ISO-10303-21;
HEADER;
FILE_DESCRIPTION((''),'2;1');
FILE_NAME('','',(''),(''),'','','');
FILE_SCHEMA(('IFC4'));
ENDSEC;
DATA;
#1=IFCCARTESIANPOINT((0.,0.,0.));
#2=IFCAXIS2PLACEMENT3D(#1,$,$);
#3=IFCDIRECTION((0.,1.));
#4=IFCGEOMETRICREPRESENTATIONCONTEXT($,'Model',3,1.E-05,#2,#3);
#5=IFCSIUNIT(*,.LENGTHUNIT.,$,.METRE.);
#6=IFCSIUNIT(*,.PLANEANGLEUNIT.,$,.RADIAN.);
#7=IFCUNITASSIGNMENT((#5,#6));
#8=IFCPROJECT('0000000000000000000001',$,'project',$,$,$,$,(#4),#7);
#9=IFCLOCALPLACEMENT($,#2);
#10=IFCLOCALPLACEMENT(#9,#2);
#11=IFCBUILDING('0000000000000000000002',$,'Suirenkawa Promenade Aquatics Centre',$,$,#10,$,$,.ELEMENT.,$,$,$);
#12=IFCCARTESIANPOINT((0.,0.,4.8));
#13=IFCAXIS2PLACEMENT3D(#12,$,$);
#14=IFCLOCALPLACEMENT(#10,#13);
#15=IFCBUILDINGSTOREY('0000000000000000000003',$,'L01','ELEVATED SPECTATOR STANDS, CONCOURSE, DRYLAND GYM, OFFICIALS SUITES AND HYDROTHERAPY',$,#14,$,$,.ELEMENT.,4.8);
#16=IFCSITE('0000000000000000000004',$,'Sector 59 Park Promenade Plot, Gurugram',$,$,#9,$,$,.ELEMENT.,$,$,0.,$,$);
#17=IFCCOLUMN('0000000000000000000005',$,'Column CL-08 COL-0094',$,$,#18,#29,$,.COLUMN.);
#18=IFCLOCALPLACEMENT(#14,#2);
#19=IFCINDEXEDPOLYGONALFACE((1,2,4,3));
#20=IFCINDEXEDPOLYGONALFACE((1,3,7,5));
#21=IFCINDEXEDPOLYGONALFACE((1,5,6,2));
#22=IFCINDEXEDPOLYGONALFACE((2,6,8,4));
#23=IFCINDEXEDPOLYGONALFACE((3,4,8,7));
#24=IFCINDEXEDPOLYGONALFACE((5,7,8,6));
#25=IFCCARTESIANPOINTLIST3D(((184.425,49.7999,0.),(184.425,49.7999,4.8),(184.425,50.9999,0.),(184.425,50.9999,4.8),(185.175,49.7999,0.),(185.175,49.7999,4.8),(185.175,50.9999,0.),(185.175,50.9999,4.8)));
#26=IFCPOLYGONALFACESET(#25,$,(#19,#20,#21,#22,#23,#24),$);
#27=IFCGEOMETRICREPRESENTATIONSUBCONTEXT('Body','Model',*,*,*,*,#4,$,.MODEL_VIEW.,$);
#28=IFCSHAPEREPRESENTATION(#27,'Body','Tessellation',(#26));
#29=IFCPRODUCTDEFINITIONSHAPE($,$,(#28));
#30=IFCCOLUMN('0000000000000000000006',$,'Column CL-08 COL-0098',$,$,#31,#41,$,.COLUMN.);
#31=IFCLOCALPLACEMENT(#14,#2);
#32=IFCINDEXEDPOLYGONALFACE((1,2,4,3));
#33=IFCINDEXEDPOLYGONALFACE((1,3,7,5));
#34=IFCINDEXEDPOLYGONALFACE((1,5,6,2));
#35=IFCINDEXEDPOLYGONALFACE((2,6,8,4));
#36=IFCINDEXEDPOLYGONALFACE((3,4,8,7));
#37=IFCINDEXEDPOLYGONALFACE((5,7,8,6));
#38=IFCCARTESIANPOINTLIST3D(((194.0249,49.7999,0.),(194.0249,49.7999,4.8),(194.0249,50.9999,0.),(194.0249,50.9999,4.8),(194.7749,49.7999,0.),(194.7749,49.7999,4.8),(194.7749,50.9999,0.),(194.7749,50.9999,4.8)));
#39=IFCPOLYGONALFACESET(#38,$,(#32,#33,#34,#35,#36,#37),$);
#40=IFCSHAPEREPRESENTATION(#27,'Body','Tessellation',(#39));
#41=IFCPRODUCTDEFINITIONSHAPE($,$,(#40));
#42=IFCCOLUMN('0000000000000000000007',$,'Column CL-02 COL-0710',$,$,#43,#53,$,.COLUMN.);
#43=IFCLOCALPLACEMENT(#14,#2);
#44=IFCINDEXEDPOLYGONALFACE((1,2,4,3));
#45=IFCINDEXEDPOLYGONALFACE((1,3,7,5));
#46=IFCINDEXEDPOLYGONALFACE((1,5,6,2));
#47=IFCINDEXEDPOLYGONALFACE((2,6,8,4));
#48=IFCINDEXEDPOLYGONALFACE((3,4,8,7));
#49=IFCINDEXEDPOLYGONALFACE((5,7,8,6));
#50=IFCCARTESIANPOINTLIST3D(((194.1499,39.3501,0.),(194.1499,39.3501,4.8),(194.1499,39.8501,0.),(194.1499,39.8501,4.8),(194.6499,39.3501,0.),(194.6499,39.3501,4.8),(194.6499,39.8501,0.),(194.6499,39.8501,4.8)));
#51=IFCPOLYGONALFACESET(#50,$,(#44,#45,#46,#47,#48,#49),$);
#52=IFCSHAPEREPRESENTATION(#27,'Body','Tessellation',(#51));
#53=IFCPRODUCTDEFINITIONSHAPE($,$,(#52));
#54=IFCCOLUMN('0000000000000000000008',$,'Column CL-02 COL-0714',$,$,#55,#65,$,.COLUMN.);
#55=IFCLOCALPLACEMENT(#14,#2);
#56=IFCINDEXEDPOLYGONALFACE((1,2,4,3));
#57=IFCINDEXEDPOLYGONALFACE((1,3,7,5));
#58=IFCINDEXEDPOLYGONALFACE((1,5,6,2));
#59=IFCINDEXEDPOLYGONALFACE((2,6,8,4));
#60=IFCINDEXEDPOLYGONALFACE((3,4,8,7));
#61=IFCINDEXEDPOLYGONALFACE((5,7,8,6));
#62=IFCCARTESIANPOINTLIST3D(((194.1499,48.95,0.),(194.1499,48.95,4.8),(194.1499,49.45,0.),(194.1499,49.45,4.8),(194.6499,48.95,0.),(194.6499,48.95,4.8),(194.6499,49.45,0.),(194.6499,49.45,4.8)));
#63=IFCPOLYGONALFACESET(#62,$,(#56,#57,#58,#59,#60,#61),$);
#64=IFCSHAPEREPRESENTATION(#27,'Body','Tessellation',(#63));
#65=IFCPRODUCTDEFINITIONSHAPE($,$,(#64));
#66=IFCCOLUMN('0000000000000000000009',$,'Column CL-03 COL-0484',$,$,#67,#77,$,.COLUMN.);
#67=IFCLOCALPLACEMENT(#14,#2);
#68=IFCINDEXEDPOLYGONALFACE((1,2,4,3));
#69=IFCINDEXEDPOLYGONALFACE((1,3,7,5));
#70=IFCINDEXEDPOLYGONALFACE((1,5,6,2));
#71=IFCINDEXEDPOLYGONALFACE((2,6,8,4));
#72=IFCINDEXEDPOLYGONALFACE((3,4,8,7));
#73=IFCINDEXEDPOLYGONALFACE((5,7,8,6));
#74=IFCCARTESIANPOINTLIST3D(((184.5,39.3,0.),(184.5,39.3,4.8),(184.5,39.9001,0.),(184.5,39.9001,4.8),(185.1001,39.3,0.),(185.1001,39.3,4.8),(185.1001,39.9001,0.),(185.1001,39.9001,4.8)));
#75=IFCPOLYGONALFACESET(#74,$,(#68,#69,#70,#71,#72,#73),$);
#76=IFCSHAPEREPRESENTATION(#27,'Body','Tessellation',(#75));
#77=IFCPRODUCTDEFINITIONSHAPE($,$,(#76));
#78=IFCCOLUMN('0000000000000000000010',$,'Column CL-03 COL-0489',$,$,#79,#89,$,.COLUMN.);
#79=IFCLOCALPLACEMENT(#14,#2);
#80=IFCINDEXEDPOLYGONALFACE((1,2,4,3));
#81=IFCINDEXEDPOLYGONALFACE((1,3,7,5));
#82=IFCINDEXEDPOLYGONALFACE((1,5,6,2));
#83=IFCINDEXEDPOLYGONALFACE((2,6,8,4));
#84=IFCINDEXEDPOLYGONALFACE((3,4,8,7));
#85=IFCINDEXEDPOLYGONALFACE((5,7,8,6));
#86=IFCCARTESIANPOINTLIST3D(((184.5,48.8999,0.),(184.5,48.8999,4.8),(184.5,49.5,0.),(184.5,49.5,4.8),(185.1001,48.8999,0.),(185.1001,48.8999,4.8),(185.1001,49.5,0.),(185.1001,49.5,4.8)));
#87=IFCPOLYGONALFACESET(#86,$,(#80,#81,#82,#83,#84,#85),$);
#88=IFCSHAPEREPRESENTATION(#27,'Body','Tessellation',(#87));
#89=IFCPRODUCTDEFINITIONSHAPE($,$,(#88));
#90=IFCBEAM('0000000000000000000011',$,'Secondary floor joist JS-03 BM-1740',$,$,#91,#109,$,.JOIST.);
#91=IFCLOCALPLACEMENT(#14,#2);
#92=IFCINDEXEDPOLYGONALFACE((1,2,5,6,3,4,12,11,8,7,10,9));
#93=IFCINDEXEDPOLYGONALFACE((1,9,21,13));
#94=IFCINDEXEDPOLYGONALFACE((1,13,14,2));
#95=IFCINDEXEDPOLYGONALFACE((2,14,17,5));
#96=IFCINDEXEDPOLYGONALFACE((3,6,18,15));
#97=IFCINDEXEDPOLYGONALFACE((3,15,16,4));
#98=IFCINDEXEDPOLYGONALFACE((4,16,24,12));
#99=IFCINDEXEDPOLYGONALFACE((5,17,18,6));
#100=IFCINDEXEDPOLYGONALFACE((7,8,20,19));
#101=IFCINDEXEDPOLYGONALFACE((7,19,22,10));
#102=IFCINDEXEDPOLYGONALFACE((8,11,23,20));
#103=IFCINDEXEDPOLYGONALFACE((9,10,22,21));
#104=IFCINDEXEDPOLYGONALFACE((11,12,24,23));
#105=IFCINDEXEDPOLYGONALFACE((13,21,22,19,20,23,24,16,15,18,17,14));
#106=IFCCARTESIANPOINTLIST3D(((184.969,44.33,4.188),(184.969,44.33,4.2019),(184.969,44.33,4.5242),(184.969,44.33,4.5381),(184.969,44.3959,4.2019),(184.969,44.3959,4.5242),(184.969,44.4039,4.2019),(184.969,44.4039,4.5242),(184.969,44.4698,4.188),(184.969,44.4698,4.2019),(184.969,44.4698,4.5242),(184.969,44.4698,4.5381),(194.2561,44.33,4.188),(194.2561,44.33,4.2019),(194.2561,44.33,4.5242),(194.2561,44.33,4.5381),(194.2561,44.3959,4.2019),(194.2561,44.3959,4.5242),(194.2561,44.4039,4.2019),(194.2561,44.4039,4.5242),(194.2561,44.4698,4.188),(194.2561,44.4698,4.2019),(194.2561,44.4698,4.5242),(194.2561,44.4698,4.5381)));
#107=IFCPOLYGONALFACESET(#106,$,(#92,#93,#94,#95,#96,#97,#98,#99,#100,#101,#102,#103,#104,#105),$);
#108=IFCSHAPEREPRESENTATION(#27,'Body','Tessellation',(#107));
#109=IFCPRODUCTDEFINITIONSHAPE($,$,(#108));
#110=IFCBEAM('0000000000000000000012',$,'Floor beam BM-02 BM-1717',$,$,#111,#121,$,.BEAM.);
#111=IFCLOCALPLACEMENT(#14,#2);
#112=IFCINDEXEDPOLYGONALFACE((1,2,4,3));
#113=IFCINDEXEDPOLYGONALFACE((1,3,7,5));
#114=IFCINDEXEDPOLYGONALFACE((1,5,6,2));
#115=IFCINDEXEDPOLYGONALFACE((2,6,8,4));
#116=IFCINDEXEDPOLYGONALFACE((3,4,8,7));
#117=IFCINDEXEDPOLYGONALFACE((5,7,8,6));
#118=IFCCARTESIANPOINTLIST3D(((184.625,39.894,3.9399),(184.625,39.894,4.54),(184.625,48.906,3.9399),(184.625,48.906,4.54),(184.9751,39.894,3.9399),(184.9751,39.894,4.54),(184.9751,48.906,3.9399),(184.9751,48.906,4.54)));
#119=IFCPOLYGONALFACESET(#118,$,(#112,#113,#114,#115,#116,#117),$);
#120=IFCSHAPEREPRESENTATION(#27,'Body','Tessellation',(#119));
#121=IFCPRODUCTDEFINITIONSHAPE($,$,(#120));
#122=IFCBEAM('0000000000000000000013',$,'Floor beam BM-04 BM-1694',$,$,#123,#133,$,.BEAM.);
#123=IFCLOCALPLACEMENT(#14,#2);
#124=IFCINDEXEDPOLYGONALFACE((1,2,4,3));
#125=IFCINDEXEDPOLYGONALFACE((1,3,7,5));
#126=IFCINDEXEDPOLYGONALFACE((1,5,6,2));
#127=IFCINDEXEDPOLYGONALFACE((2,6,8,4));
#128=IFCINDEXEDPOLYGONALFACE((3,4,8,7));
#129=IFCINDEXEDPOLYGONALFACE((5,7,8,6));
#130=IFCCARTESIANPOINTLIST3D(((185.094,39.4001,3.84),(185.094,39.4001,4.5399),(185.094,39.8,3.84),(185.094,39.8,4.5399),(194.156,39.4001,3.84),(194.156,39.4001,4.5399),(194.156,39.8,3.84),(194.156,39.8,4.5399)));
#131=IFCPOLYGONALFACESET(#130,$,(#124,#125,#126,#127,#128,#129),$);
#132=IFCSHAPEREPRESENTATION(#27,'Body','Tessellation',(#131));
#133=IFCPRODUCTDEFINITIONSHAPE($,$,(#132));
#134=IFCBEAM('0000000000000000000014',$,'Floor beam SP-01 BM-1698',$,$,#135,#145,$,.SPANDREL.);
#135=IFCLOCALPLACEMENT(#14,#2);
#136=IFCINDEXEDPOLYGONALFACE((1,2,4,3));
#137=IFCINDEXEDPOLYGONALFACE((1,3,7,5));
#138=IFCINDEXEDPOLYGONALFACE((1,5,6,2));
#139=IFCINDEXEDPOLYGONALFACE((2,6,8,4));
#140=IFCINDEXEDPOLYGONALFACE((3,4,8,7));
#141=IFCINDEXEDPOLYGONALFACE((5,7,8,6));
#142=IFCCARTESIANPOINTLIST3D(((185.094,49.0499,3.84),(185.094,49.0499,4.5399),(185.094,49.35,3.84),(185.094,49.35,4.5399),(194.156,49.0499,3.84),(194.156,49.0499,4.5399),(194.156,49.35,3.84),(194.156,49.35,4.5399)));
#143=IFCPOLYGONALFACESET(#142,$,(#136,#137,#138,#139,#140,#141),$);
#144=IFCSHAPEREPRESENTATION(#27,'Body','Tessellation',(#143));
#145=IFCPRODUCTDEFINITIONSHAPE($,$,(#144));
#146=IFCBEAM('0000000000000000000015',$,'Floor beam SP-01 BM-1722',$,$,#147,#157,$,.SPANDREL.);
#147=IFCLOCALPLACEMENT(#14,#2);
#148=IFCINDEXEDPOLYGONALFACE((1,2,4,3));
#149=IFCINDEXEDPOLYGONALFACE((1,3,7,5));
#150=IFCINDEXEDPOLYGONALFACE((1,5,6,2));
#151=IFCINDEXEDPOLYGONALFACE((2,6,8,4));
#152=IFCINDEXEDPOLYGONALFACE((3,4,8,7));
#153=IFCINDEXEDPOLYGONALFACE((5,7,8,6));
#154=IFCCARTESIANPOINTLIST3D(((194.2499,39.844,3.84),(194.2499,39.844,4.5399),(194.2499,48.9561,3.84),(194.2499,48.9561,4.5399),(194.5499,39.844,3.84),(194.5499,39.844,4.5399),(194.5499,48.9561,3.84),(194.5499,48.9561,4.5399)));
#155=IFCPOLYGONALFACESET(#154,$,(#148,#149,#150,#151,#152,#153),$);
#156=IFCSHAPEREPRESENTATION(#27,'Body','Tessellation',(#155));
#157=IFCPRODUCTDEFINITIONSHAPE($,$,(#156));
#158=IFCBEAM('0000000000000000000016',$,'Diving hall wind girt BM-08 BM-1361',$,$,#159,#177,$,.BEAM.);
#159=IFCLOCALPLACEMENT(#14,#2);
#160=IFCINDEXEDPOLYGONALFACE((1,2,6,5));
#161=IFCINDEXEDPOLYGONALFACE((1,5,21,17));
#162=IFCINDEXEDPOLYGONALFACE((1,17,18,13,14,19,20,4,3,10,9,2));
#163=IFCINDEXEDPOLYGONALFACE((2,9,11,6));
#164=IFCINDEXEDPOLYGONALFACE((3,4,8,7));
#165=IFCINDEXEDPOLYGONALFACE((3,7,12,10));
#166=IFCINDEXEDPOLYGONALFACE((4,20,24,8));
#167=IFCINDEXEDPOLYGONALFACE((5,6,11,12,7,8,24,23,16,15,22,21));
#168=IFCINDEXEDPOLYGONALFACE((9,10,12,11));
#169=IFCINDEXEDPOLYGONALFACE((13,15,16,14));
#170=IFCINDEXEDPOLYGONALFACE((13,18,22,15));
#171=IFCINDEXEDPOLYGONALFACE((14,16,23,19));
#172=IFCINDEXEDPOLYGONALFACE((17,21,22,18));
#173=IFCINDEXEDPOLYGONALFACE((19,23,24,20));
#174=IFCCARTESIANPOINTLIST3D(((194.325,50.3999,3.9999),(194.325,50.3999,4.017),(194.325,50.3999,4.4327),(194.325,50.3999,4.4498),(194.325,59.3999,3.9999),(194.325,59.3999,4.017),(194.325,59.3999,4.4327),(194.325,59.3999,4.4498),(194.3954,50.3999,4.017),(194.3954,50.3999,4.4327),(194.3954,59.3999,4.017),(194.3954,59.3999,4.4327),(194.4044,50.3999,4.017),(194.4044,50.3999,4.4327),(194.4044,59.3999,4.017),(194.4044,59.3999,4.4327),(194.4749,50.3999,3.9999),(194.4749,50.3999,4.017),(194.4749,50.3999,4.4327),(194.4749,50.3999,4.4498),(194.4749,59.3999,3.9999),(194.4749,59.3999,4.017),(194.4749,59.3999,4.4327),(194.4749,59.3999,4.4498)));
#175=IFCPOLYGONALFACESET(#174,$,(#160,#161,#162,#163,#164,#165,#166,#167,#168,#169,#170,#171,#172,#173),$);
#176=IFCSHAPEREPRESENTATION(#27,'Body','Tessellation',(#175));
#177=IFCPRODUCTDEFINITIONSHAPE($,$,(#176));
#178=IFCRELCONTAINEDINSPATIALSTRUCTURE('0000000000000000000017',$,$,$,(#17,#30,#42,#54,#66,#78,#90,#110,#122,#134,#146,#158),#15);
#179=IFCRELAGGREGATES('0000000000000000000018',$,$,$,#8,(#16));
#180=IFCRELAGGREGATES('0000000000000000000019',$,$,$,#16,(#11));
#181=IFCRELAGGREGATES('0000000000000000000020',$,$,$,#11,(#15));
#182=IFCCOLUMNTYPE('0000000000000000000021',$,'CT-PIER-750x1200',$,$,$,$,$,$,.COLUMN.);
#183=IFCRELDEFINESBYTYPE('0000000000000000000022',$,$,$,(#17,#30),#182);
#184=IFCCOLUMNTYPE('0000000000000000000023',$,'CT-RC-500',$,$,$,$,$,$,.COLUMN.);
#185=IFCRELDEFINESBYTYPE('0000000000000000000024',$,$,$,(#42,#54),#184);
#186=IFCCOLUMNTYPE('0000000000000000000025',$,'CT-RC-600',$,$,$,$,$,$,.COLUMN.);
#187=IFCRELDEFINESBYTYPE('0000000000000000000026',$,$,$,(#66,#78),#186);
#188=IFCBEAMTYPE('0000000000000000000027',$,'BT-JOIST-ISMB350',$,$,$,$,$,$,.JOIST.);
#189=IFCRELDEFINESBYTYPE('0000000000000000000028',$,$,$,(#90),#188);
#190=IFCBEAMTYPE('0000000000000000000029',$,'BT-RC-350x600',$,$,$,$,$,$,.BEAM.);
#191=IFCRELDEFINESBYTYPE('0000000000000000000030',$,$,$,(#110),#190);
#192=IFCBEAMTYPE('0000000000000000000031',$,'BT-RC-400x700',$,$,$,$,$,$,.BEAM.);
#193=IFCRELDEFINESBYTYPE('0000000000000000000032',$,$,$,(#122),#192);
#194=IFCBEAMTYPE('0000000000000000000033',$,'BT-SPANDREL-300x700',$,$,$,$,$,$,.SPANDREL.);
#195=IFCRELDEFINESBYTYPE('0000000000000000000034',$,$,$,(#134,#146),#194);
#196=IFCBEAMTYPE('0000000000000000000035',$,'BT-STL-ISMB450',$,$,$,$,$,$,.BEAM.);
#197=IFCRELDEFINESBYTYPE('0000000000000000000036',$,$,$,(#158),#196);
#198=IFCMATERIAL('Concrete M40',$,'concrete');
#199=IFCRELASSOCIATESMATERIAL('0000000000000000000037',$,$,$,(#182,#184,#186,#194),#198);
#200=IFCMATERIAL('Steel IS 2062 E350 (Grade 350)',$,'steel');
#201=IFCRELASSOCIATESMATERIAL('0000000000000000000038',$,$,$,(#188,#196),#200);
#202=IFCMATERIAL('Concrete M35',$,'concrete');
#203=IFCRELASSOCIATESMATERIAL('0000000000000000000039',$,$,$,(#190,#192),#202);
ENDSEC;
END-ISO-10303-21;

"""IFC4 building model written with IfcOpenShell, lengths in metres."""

from ifc_helpers import new_model, si_unit, direction, frame, origin, origin_2d, place, context, subcontext, project, spatial, rectangle, i_section, extrude, material, material_profile, profile_set, type_object, element, save


model = new_model("IFC4")

# Units and contexts
model_context = context("Model", 3, precision=1e-05, world=origin(), true_north=direction((0.0, 1.0)))
body_context = subcontext(model_context, "Body", "Model", "MODEL_VIEW")
ifc_project = project(units=[si_unit("LENGTHUNIT", "METRE"), si_unit("PLANEANGLEUNIT", "RADIAN")], contexts=[model_context])

# Site, building, storey
site_placement = place(None, origin())
site = spatial("IfcSite", under=ifc_project, at=site_placement, Name="Sector 59 Park Promenade Plot, Gurugram", CompositionType="ELEMENT", RefElevation=0.0)
building_placement = place(site_placement, origin())
building = spatial("IfcBuilding", under=site, at=building_placement, Name="Suirenkawa Promenade Aquatics Centre", CompositionType="ELEMENT")
storey_placement = place(building_placement, frame((0.0, 0.0, 4.8)))
storey = spatial("IfcBuildingStorey", under=building, at=storey_placement, Name="L01", Description="ELEVATED SPECTATOR STANDS, CONCOURSE, DRYLAND GYM, OFFICIALS SUITES AND HYDROTHERAPY", CompositionType="ELEMENT", Elevation=4.8)

# Columns
ifc_material_1 = material(Name="Concrete M40", Category="concrete")
ifc_material_profile_1 = material_profile(ifc_material_1, rectangle(XDim=0.75, YDim=1.2, at=origin_2d()), Name="RC PIER 750x1200", Category="concrete")
ifc_profile_set_1 = profile_set([ifc_material_profile_1], Name="Concrete M40")
column_type_1 = type_object("IfcColumnType", Name="CT-PIER-750x1200", PredefinedType="COLUMN", material=ifc_profile_set_1)
for number, where, z_axis, x_axis, name in (
    (1, (184.8, 50.3999, 0.0), (0.0, 0.0, 1.0), (1.0, 0.0, 0.0), "Column CL-08 COL-0094"),
    (2, (194.3999, 50.3999, 0.0), (0.0, 0.0, 1.0), (1.0, 0.0, 0.0), "Column CL-08 COL-0098"),
):
    element("IfcColumn", number, at=place(storey_placement, frame(where, z_axis=z_axis, x_axis=x_axis)), inside=storey, type_object=column_type_1, Name=name, PredefinedType="COLUMN", context=body_context, shape_type="SweptSolid", body=[
        extrude(rectangle(XDim=0.75, YDim=1.2, at=origin_2d()), origin(), (0.0, 0.0, 1.0), 4.8),
    ])
ifc_material_profile_2 = material_profile(ifc_material_1, rectangle(XDim=0.5, YDim=0.5, at=origin_2d()), Name="RC COL 500x500", Category="concrete")
ifc_profile_set_2 = profile_set([ifc_material_profile_2], Name="Concrete M40")
column_type_2 = type_object("IfcColumnType", Name="CT-RC-500", PredefinedType="COLUMN", material=ifc_profile_set_2)
for number, where, z_axis, x_axis, name in (
    (3, (194.3999, 39.6001, 0.0), (0.0, 0.0, 1.0), (1.0, 0.0, 0.0), "Column CL-02 COL-0710"),
    (4, (194.3999, 49.2, 0.0), (0.0, 0.0, 1.0), (1.0, 0.0, 0.0), "Column CL-02 COL-0714"),
):
    element("IfcColumn", number, at=place(storey_placement, frame(where, z_axis=z_axis, x_axis=x_axis)), inside=storey, type_object=column_type_2, Name=name, PredefinedType="COLUMN", context=body_context, shape_type="SweptSolid", body=[
        extrude(rectangle(XDim=0.5, YDim=0.5, at=origin_2d()), origin(), (0.0, 0.0, 1.0), 4.8),
    ])
ifc_material_profile_3 = material_profile(ifc_material_1, rectangle(XDim=0.6001, YDim=0.6001, at=origin_2d()), Name="RC COL 600x600", Category="concrete")
ifc_profile_set_3 = profile_set([ifc_material_profile_3], Name="Concrete M40")
column_type_3 = type_object("IfcColumnType", Name="CT-RC-600", PredefinedType="COLUMN", material=ifc_profile_set_3)
for number, where, z_axis, x_axis, name in (
    (5, (184.8, 39.6001, 0.0), (0.0, 0.0, 1.0), (1.0, 0.0, 0.0), "Column CL-03 COL-0484"),
    (6, (184.8, 49.2, 0.0), (0.0, 0.0, 1.0), (1.0, 0.0, 0.0), "Column CL-03 COL-0489"),
):
    element("IfcColumn", number, at=place(storey_placement, frame(where, z_axis=z_axis, x_axis=x_axis)), inside=storey, type_object=column_type_3, Name=name, PredefinedType="COLUMN", context=body_context, shape_type="SweptSolid", body=[
        extrude(rectangle(XDim=0.6001, YDim=0.6001, at=origin_2d()), origin(), (0.0, 0.0, 1.0), 4.8),
    ])

# Beams
ifc_material_2 = material(Name="Steel IS 2062 E350 (Grade 350)", Category="steel")
ifc_material_profile_4 = material_profile(ifc_material_2, i_section(OverallWidth=0.1399, OverallDepth=0.3501, WebThickness=0.0081, FlangeThickness=0.0139, at=origin_2d()), Name="ISMB 350", Category="steel")
ifc_profile_set_4 = profile_set([ifc_material_profile_4], Name="Steel IS 2062 E350 (Grade 350)")
beam_type_1 = type_object("IfcBeamType", Name="BT-JOIST-ISMB350", PredefinedType="JOIST", material=ifc_profile_set_4)
beam_1_placement = place(storey_placement, frame((184.969, 44.3999, 4.363), z_axis=(1.0, 0.0, 0.0), x_axis=(0.0, 1.0, 0.0)))
element("IfcBeam", 7, at=beam_1_placement, inside=storey, type_object=beam_type_1, Name="Secondary floor joist JS-03 BM-1740", PredefinedType="JOIST", context=body_context, shape_type="SweptSolid", body=[
    extrude(i_section(OverallWidth=0.1399, OverallDepth=0.3501, WebThickness=0.0081, FlangeThickness=0.0139, at=origin_2d()), origin(), (0.0, 0.0, 1.0), 9.2871),
])
ifc_material_3 = material(Name="Concrete M35", Category="concrete")
ifc_material_profile_5 = material_profile(ifc_material_3, rectangle(XDim=0.3501, YDim=0.6001, at=origin_2d()), Name="RC BM 350x600", Category="concrete")
ifc_profile_set_5 = profile_set([ifc_material_profile_5], Name="Concrete M35")
beam_type_2 = type_object("IfcBeamType", Name="BT-RC-350x600", PredefinedType="BEAM", material=ifc_profile_set_5)
beam_2_placement = place(storey_placement, frame((184.8, 39.894, 4.24), z_axis=(0.0, 1.0, 0.0), x_axis=(-1.0, 0.0, 0.0)))
element("IfcBeam", 8, at=beam_2_placement, inside=storey, type_object=beam_type_2, Name="Floor beam BM-02 BM-1717", PredefinedType="BEAM", context=body_context, shape_type="SweptSolid", body=[
    extrude(rectangle(XDim=0.3501, YDim=0.6001, at=origin_2d()), origin(), (0.0, 0.0, 1.0), 9.012),
])
ifc_material_profile_6 = material_profile(ifc_material_3, rectangle(XDim=0.3999, YDim=0.7, at=origin_2d()), Name="RC BM 400x700", Category="concrete")
ifc_profile_set_6 = profile_set([ifc_material_profile_6], Name="Concrete M35")
beam_type_3 = type_object("IfcBeamType", Name="BT-RC-400x700", PredefinedType="BEAM", material=ifc_profile_set_6)
beam_3_placement = place(storey_placement, frame((185.094, 39.6001, 4.1899), z_axis=(1.0, 0.0, 0.0), x_axis=(0.0, 1.0, 0.0)))
element("IfcBeam", 9, at=beam_3_placement, inside=storey, type_object=beam_type_3, Name="Floor beam BM-04 BM-1694", PredefinedType="BEAM", context=body_context, shape_type="SweptSolid", body=[
    extrude(rectangle(XDim=0.3999, YDim=0.7, at=origin_2d()), origin(), (0.0, 0.0, 1.0), 9.062),
])
ifc_material_profile_7 = material_profile(ifc_material_1, rectangle(XDim=0.3, YDim=0.7, at=origin_2d()), Name="RC SPANDREL 300x700", Category="concrete")
ifc_profile_set_7 = profile_set([ifc_material_profile_7], Name="Concrete M40")
beam_type_4 = type_object("IfcBeamType", Name="BT-SPANDREL-300x700", PredefinedType="SPANDREL", material=ifc_profile_set_7)
beam_4_placement = place(storey_placement, frame((185.094, 49.2, 4.1899), z_axis=(1.0, 0.0, 0.0), x_axis=(0.0, 1.0, 0.0)))
element("IfcBeam", 10, at=beam_4_placement, inside=storey, type_object=beam_type_4, Name="Floor beam SP-01 BM-1698", PredefinedType="SPANDREL", context=body_context, shape_type="SweptSolid", body=[
    extrude(rectangle(XDim=0.3, YDim=0.7, at=origin_2d()), origin(), (0.0, 0.0, 1.0), 9.062),
])
beam_5_placement = place(storey_placement, frame((194.3999, 39.844, 4.1899), z_axis=(0.0, 1.0, 0.0), x_axis=(-1.0, 0.0, 0.0)))
element("IfcBeam", 11, at=beam_5_placement, inside=storey, type_object=beam_type_4, Name="Floor beam SP-01 BM-1722", PredefinedType="SPANDREL", context=body_context, shape_type="SweptSolid", body=[
    extrude(rectangle(XDim=0.3, YDim=0.7, at=origin_2d()), origin(), (0.0, 0.0, 1.0), 9.1121),
])
ifc_material_profile_8 = material_profile(ifc_material_2, i_section(OverallWidth=0.1499, OverallDepth=0.45, WebThickness=0.009, FlangeThickness=0.0171, at=origin_2d()), Name="ISMB 450", Category="steel")
ifc_profile_set_8 = profile_set([ifc_material_profile_8], Name="Steel IS 2062 E350 (Grade 350)")
beam_type_5 = type_object("IfcBeamType", Name="BT-STL-ISMB450", PredefinedType="BEAM", material=ifc_profile_set_8)
beam_6_placement = place(storey_placement, frame((194.3999, 50.3999, 4.2249), z_axis=(0.0, 1.0, 0.0), x_axis=(-1.0, 0.0, 0.0)))
element("IfcBeam", 12, at=beam_6_placement, inside=storey, type_object=beam_type_5, Name="Diving hall wind girt BM-08 BM-1361", PredefinedType="BEAM", context=body_context, shape_type="SweptSolid", body=[
    extrude(i_section(OverallWidth=0.1499, OverallDepth=0.45, WebThickness=0.009, FlangeThickness=0.0171, at=origin_2d()), origin(), (0.0, 0.0, 1.0), 9.0),
])

save(model, "model.ifc")
